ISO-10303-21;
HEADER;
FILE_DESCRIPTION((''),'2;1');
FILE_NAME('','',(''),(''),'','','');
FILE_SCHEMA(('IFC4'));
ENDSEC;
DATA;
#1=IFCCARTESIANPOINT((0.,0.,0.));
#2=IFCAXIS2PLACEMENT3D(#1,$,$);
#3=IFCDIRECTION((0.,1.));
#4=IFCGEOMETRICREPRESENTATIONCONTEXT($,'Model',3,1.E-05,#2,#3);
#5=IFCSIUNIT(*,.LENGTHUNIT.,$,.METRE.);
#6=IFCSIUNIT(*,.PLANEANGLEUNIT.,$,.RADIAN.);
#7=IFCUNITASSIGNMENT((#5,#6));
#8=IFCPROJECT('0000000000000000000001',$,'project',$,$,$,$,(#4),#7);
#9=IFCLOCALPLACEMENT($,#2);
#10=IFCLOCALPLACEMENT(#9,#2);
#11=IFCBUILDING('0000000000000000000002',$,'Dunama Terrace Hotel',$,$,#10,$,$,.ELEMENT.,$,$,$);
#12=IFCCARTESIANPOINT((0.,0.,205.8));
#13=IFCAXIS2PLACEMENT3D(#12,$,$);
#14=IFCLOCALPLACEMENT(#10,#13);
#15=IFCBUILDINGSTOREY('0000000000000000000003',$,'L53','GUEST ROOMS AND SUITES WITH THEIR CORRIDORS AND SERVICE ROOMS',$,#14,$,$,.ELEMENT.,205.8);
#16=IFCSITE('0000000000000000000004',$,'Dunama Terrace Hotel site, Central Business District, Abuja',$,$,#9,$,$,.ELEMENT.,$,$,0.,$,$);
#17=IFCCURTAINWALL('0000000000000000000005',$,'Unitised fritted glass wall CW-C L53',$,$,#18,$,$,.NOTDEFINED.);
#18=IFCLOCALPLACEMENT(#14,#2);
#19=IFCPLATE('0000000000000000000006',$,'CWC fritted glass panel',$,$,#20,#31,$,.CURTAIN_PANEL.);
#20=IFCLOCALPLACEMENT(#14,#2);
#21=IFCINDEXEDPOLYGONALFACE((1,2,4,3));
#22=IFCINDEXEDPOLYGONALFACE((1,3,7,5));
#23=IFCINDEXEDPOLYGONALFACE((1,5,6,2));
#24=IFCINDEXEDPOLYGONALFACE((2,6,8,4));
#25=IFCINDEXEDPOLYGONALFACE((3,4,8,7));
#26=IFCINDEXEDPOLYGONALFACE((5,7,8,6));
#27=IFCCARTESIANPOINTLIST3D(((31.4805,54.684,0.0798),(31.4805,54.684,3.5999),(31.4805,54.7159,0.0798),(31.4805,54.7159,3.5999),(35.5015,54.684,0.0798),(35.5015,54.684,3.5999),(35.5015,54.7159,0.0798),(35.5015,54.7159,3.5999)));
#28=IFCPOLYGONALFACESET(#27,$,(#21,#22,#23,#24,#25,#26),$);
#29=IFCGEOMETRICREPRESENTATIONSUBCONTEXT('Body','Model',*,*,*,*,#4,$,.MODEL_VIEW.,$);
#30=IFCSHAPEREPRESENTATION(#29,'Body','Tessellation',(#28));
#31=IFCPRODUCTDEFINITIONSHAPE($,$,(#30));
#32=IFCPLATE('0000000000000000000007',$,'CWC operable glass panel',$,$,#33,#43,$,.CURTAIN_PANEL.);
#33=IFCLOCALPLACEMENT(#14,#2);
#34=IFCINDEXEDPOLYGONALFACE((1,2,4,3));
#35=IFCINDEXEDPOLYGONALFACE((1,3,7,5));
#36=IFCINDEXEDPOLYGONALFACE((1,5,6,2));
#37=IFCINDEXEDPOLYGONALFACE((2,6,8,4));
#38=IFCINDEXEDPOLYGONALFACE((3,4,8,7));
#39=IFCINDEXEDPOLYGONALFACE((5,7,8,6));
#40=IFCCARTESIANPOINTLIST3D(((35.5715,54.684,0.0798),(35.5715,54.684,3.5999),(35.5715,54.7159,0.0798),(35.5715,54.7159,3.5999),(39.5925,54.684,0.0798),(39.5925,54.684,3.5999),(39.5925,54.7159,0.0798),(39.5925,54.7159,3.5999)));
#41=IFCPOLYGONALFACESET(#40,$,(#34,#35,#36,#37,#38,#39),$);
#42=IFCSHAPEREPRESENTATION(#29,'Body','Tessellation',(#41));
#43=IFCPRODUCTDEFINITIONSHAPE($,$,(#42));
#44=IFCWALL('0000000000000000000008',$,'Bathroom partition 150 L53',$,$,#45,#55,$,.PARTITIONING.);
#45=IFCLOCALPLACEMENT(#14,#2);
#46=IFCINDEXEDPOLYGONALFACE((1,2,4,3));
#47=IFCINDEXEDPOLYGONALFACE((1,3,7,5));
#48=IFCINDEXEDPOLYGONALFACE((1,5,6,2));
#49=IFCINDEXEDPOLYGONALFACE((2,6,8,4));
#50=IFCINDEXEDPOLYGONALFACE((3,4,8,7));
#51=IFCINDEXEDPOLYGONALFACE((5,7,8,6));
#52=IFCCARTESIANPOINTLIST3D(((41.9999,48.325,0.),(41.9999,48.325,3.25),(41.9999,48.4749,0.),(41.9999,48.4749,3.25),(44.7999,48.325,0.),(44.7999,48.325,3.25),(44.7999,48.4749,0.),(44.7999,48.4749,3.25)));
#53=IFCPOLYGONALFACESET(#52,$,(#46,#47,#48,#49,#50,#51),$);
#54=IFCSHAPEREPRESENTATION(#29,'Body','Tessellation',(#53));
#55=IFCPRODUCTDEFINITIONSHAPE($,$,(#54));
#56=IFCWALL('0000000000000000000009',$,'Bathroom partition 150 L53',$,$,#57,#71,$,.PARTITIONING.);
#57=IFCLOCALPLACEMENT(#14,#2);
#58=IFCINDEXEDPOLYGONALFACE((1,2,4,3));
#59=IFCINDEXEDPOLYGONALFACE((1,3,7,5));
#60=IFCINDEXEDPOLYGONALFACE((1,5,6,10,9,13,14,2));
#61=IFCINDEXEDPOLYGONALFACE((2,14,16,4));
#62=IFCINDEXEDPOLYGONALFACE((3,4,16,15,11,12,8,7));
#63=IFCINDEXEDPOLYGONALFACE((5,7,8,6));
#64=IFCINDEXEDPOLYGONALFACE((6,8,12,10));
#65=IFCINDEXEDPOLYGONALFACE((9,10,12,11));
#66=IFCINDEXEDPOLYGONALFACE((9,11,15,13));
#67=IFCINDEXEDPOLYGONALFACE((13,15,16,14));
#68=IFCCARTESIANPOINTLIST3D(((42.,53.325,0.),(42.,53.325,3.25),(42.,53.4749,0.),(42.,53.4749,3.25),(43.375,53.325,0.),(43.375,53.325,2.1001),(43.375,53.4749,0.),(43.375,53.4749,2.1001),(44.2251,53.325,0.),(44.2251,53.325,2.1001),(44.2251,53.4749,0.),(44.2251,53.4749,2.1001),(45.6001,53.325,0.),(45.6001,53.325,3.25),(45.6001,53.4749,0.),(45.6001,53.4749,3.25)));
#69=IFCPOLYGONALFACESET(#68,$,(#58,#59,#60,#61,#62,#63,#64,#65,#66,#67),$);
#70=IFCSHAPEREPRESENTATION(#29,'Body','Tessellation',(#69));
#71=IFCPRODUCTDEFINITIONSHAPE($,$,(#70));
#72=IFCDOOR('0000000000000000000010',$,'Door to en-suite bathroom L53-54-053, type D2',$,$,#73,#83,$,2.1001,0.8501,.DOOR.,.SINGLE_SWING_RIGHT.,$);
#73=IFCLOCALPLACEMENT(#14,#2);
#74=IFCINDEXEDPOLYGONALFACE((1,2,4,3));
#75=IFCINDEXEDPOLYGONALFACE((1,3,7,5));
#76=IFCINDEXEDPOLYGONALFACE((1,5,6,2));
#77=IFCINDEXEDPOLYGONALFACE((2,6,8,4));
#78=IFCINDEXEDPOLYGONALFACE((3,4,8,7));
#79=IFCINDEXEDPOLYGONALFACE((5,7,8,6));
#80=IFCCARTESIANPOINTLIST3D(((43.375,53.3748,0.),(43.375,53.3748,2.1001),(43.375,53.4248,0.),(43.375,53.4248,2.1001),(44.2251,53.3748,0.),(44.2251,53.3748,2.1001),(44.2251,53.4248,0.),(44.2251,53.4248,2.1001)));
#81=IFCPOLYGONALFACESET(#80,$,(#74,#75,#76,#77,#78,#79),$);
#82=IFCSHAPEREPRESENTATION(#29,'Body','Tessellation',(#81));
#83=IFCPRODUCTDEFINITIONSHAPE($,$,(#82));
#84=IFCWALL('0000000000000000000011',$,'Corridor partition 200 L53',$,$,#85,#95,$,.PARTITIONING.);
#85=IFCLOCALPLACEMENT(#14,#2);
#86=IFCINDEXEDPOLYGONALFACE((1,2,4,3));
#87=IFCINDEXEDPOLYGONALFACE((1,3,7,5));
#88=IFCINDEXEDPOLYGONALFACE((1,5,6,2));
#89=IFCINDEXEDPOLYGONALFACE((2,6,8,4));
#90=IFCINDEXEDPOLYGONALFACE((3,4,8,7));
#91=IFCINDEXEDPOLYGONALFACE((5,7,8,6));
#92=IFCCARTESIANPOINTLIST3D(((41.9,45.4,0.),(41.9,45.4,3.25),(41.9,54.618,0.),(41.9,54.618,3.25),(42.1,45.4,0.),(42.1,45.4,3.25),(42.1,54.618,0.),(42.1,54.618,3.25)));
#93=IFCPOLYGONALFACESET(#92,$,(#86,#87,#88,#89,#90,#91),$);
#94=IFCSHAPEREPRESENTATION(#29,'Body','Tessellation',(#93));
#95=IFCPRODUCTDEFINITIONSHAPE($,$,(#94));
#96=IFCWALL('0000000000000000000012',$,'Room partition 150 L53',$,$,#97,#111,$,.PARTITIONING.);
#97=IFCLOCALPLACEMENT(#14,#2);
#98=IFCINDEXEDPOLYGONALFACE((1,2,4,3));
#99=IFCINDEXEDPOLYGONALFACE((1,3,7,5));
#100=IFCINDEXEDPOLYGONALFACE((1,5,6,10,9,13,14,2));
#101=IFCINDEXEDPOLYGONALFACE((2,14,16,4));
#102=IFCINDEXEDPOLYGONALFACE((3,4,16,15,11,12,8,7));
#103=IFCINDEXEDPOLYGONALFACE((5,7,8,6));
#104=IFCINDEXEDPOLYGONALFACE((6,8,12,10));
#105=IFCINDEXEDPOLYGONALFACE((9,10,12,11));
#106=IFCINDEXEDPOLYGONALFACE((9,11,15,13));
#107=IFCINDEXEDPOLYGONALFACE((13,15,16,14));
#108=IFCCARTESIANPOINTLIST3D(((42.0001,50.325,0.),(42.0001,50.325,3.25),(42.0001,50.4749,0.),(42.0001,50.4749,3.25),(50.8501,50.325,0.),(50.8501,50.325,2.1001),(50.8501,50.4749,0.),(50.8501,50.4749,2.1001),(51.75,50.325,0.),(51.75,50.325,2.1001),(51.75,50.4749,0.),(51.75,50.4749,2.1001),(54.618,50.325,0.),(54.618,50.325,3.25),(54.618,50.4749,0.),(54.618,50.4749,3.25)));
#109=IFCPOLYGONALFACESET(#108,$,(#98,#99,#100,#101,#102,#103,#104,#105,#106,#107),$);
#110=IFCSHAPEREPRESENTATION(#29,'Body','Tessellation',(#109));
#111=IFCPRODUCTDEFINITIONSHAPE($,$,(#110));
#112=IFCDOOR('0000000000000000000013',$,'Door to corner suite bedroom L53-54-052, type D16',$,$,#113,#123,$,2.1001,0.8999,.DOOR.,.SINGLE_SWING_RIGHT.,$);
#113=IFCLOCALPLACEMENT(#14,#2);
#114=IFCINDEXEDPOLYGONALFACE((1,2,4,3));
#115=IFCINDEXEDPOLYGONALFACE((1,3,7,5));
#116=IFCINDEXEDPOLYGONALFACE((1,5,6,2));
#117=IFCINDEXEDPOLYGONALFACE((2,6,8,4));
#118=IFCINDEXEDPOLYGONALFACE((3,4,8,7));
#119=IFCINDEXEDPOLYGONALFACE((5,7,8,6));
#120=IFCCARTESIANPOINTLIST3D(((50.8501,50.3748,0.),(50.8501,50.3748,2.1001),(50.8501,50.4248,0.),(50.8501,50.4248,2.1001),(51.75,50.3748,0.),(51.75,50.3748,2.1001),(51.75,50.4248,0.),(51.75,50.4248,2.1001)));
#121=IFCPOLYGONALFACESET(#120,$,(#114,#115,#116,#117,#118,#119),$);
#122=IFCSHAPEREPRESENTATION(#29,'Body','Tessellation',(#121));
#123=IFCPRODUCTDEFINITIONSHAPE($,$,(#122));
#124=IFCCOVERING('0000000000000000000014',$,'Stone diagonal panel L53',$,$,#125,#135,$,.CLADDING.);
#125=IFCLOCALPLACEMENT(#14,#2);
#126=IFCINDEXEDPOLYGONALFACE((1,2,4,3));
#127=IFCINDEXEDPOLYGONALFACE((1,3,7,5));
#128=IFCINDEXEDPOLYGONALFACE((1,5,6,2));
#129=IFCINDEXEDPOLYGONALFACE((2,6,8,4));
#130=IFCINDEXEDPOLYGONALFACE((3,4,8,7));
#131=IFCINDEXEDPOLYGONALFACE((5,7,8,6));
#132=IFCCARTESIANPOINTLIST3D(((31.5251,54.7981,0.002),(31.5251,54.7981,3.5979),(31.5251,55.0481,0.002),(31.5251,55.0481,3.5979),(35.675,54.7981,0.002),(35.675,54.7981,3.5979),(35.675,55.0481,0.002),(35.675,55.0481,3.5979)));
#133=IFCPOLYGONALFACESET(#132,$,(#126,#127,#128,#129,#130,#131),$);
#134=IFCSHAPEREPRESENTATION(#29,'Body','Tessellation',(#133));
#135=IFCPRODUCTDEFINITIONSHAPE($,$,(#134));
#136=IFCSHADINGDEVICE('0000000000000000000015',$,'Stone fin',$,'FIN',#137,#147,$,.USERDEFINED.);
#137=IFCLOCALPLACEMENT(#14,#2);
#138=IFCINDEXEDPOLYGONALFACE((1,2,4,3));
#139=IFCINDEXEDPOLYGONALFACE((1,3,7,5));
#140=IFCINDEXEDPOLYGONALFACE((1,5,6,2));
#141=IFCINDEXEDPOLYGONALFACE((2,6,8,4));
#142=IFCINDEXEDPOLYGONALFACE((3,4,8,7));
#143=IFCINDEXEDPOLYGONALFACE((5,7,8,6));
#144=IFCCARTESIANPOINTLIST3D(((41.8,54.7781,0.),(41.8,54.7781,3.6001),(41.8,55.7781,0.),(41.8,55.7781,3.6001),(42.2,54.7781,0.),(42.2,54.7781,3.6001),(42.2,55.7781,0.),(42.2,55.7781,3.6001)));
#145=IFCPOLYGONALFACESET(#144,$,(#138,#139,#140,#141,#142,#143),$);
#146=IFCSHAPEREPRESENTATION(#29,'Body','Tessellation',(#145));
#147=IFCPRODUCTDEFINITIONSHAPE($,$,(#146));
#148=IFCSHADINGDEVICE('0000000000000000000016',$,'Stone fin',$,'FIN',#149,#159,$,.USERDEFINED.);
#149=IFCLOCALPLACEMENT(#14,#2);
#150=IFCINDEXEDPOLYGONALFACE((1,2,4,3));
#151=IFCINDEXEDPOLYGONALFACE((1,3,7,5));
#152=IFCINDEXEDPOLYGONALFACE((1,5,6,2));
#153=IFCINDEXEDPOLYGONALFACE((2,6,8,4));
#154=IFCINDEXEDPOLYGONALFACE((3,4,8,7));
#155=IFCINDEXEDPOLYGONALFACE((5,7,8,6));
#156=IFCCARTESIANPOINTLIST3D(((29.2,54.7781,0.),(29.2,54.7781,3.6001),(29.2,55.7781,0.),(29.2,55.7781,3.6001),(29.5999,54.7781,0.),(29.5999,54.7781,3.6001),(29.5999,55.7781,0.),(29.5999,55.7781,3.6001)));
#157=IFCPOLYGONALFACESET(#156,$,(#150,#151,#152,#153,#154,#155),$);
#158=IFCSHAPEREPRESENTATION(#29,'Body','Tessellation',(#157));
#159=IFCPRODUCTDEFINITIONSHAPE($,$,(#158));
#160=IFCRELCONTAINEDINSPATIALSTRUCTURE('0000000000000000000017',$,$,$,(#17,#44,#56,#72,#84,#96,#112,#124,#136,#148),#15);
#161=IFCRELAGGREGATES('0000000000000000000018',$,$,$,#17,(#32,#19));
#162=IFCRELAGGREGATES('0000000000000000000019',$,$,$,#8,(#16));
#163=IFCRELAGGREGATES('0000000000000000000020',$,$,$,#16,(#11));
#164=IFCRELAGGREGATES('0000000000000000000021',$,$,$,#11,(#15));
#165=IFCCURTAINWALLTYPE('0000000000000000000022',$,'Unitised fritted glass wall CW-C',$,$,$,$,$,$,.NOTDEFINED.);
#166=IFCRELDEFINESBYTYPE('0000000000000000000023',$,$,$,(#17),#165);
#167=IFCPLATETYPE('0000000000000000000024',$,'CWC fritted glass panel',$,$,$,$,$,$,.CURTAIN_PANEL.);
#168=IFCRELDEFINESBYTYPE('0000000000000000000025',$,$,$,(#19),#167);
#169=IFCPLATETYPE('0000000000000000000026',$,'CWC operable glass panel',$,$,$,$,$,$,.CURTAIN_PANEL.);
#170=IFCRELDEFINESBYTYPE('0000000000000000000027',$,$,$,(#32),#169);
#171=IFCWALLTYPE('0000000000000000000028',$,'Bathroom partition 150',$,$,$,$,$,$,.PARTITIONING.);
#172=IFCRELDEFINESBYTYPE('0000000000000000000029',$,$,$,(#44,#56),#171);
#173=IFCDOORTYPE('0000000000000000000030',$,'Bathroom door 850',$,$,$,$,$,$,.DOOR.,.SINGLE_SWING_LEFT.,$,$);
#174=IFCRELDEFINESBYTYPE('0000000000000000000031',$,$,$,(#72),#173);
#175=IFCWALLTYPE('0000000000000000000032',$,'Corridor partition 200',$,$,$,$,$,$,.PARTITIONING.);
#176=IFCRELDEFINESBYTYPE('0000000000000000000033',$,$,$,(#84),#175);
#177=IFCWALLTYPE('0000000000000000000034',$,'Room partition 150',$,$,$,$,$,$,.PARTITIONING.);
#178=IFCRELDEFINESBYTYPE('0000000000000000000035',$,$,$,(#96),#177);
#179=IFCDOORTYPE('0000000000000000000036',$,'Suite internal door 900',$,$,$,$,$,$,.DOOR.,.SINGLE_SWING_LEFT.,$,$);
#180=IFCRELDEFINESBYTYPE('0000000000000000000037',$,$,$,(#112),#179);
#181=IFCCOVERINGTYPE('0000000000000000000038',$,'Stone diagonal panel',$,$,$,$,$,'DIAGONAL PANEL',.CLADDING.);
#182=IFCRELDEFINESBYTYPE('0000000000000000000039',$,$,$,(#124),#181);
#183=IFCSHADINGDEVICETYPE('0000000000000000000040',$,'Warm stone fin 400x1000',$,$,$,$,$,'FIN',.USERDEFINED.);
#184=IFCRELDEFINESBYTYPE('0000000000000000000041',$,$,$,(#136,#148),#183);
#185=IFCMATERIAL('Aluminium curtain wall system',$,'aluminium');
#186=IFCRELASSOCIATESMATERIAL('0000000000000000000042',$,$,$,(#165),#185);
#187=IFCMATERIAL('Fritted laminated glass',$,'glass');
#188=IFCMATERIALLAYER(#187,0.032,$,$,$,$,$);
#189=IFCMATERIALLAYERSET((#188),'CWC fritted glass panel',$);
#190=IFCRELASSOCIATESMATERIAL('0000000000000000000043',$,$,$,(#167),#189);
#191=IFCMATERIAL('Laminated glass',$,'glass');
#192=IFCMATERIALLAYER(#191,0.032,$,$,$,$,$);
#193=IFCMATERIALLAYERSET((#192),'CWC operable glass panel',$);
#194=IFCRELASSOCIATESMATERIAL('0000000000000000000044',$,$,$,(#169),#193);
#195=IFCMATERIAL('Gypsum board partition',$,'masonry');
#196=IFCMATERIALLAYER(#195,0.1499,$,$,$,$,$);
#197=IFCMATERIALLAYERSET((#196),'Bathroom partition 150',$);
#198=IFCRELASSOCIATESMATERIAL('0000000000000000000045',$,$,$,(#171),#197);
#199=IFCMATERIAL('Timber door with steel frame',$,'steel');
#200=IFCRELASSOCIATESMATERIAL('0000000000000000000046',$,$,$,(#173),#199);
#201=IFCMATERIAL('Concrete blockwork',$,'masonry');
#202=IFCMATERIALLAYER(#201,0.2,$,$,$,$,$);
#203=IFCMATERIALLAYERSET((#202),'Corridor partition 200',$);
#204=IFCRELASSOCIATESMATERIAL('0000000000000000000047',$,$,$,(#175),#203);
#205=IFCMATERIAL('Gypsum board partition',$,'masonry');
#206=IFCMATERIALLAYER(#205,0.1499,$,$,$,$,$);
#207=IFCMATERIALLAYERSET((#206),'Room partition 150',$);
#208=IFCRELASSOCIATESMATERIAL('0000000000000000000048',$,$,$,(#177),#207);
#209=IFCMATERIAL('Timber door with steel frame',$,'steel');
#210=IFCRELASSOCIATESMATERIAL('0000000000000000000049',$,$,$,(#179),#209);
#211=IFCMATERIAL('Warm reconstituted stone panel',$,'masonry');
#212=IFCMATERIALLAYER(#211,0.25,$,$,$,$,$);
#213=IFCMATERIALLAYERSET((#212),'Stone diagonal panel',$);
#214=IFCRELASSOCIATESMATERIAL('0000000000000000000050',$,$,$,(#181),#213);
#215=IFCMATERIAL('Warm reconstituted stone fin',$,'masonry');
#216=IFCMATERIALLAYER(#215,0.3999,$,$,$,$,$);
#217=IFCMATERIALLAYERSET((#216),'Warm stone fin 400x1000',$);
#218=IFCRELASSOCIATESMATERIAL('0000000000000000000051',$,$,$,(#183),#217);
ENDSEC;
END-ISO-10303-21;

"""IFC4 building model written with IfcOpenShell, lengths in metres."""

from ifc_helpers import new_model, si_unit, direction, frame, frame_2d, origin, origin_2d, place, context, subcontext, project, spatial, rectangle, extrude, material, layer, layer_set, type_object, element, fill, aggregate, save


model = new_model("IFC4")

# Units and contexts
model_context = context("Model", 3, precision=1e-05, world=origin(), true_north=direction((0.0, 1.0)))
body_context = subcontext(model_context, "Body", "Model", "MODEL_VIEW")
ifc_project = project(units=[si_unit("LENGTHUNIT", "METRE"), si_unit("PLANEANGLEUNIT", "RADIAN")], contexts=[model_context])

# Site, building, storey
site_placement = place(None, origin())
site = spatial("IfcSite", under=ifc_project, at=site_placement, Name="Dunama Terrace Hotel site, Central Business District, Abuja", CompositionType="ELEMENT", RefElevation=0.0)
building_placement = place(site_placement, origin())
building = spatial("IfcBuilding", under=site, at=building_placement, Name="Dunama Terrace Hotel", CompositionType="ELEMENT")
storey_placement = place(building_placement, frame((0.0, 0.0, 205.8)))
storey = spatial("IfcBuildingStorey", under=building, at=storey_placement, Name="L53", Description="GUEST ROOMS AND SUITES WITH THEIR CORRIDORS AND SERVICE ROOMS", CompositionType="ELEMENT", Elevation=205.8)

# Curtain wall
ifc_material_1 = material(Name="Aluminium curtain wall system", Category="aluminium")
curtain_wall_type = type_object("IfcCurtainWallType", Name="Unitised fritted glass wall CW-C", PredefinedType="NOTDEFINED", material=ifc_material_1)
curtain_wall_placement = place(storey_placement, origin())
curtain_wall = element("IfcCurtainWall", 1, at=curtain_wall_placement, inside=storey, type_object=curtain_wall_type, Name="Unitised fritted glass wall CW-C L53", PredefinedType="NOTDEFINED")

# Plates
ifc_material_2 = material(Name="Fritted laminated glass", Category="glass")
ifc_layer_1 = layer(ifc_material_2, 0.032)
ifc_layer_set_1 = layer_set([ifc_layer_1], Name="CWC fritted glass panel")
plate_type_1 = type_object("IfcPlateType", Name="CWC fritted glass panel", PredefinedType="CURTAIN_PANEL", material=ifc_layer_set_1)
plate_1_placement = place(storey_placement, frame((33.491, 54.7, 0.0798), z_axis=(0.0, 0.0, 1.0), x_axis=(-1.0, 0.0, 0.0)))
plate_1 = element("IfcPlate", 2, at=plate_1_placement, type_object=plate_type_1, Name="CWC fritted glass panel", PredefinedType="CURTAIN_PANEL", context=body_context, shape_type="SweptSolid", body=[
    extrude(rectangle(XDim=4.021, YDim=0.032, at=origin_2d()), origin(), (0.0, 0.0, 1.0), 3.52),
])
ifc_material_3 = material(Name="Laminated glass", Category="glass")
ifc_layer_2 = layer(ifc_material_3, 0.032)
ifc_layer_set_2 = layer_set([ifc_layer_2], Name="CWC operable glass panel")
plate_type_2 = type_object("IfcPlateType", Name="CWC operable glass panel", PredefinedType="CURTAIN_PANEL", material=ifc_layer_set_2)
plate_2_placement = place(storey_placement, frame((37.582, 54.7, 0.0798), z_axis=(0.0, 0.0, 1.0), x_axis=(-1.0, 0.0, 0.0)))
plate_2 = element("IfcPlate", 3, at=plate_2_placement, type_object=plate_type_2, Name="CWC operable glass panel", PredefinedType="CURTAIN_PANEL", context=body_context, shape_type="SweptSolid", body=[
    extrude(rectangle(XDim=4.021, YDim=0.032, at=origin_2d()), origin(), (0.0, 0.0, 1.0), 3.52),
])
aggregate(curtain_wall, [plate_2, plate_1])

# Wall
ifc_material_4 = material(Name="Gypsum board partition", Category="masonry")
ifc_layer_3 = layer(ifc_material_4, 0.1499)
ifc_layer_set_3 = layer_set([ifc_layer_3], Name="Bathroom partition 150")
wall_type_1 = type_object("IfcWallType", Name="Bathroom partition 150", PredefinedType="PARTITIONING", material=ifc_layer_set_3)
wall_1_placement = place(storey_placement, frame((42.0, 48.3999, 0.0), z_axis=(0.0, 0.0, 1.0), x_axis=(1.0, 0.0, 0.0)))
element("IfcWall", 4, at=wall_1_placement, inside=storey, type_object=wall_type_1, Name="Bathroom partition 150 L53", PredefinedType="PARTITIONING", context=body_context, shape_type="SweptSolid", body=[
    extrude(rectangle(XDim=2.8, YDim=0.1499, at=frame_2d((1.3999, 0.0))), origin(), (0.0, 0.0, 1.0), 3.25),
])

# Wall, opening, door
wall_2_placement = place(storey_placement, frame((42.0, 53.3999, 0.0), z_axis=(0.0, 0.0, 1.0), x_axis=(1.0, 0.0, 0.0)))
wall_2 = element("IfcWall", 5, at=wall_2_placement, inside=storey, type_object=wall_type_1, Name="Bathroom partition 150 L53", PredefinedType="PARTITIONING", context=body_context, shape_type="SweptSolid", body=[
    extrude(rectangle(XDim=3.6001, YDim=0.1499, at=frame_2d((1.8, 0.0))), origin(), (0.0, 0.0, 1.0), 3.25),
])
opening_1_placement = place(wall_2_placement, frame((1.375, 0.0, 0.0)))
opening_1 = element("IfcOpeningElement", 6, at=opening_1_placement, cuts=wall_2, PredefinedType="OPENING", context=body_context, shape_type="SweptSolid", body=[
    extrude(rectangle(XDim=0.8501, YDim=2.1001, at=frame_2d((0.425, 1.05))), frame((0.0, 0.085, 0.0), z_axis=(0.0, -1.0, 0.0), x_axis=(1.0, 0.0, 0.0)), (0.0, 0.0, 1.0), 0.1699),
])
ifc_material_5 = material(Name="Timber door with steel frame", Category="steel")
door_type_1 = type_object("IfcDoorType", Name="Bathroom door 850", OperationType="SINGLE_SWING_LEFT", PredefinedType="DOOR", material=ifc_material_5)
door_1_placement = place(opening_1_placement, frame((0.8501, 0.0, 0.0), z_axis=(0.0, 0.0, 1.0), x_axis=(-1.0, 0.0, 0.0)))
door_1 = element("IfcDoor", 7, at=door_1_placement, inside=storey, type_object=door_type_1, Name="Door to en-suite bathroom L53-54-053, type D2", OperationType="SINGLE_SWING_RIGHT", OverallHeight=2.1001, OverallWidth=0.8501, PredefinedType="DOOR", context=body_context, shape_type="SweptSolid", body=[
    extrude(rectangle(XDim=0.8501, YDim=2.1001, at=frame_2d((0.425, 1.05))), frame((0.0, 0.0251, 0.0), z_axis=(0.0, -1.0, 0.0), x_axis=(1.0, 0.0, 0.0)), (0.0, 0.0, 1.0), 0.05),
])
fill(opening_1, door_1)

# Wall
ifc_material_6 = material(Name="Concrete blockwork", Category="masonry")
ifc_layer_4 = layer(ifc_material_6, 0.2)
ifc_layer_set_4 = layer_set([ifc_layer_4], Name="Corridor partition 200")
wall_type_2 = type_object("IfcWallType", Name="Corridor partition 200", PredefinedType="PARTITIONING", material=ifc_layer_set_4)
wall_3_placement = place(storey_placement, frame((42.0, 54.6179, 0.0), z_axis=(0.0, 0.0, 1.0), x_axis=(0.0, -1.0, 0.0)))
element("IfcWall", 8, at=wall_3_placement, inside=storey, type_object=wall_type_2, Name="Corridor partition 200 L53", PredefinedType="PARTITIONING", context=body_context, shape_type="SweptSolid", body=[
    extrude(rectangle(XDim=9.218, YDim=0.2, at=frame_2d((4.6089, 0.0))), origin(), (0.0, 0.0, 1.0), 3.25),
])

# Wall, opening, door
ifc_material_7 = material(Name="Gypsum board partition", Category="masonry")
ifc_layer_5 = layer(ifc_material_7, 0.1499)
ifc_layer_set_5 = layer_set([ifc_layer_5], Name="Room partition 150")
wall_type_3 = type_object("IfcWallType", Name="Room partition 150", PredefinedType="PARTITIONING", material=ifc_layer_set_5)
wall_4_placement = place(storey_placement, frame((42.0, 50.3999, 0.0), z_axis=(0.0, 0.0, 1.0), x_axis=(1.0, 0.0, 0.0)))
wall_4 = element("IfcWall", 9, at=wall_4_placement, inside=storey, type_object=wall_type_3, Name="Room partition 150 L53", PredefinedType="PARTITIONING", context=body_context, shape_type="SweptSolid", body=[
    extrude(rectangle(XDim=12.6179, YDim=0.1499, at=frame_2d((6.3091, 0.0))), origin(), (0.0, 0.0, 1.0), 3.25),
])
opening_2_placement = place(wall_4_placement, frame((8.8501, 0.0, 0.0)))
opening_2 = element("IfcOpeningElement", 10, at=opening_2_placement, cuts=wall_4, PredefinedType="OPENING", context=body_context, shape_type="SweptSolid", body=[
    extrude(rectangle(XDim=0.8999, YDim=2.1001, at=frame_2d((0.45, 1.05))), frame((0.0, 0.085, 0.0), z_axis=(0.0, -1.0, 0.0), x_axis=(1.0, 0.0, 0.0)), (0.0, 0.0, 1.0), 0.1699),
])
ifc_material_8 = material(Name="Timber door with steel frame", Category="steel")
door_type_2 = type_object("IfcDoorType", Name="Suite internal door 900", OperationType="SINGLE_SWING_LEFT", PredefinedType="DOOR", material=ifc_material_8)
door_2_placement = place(opening_2_placement, origin())
door_2 = element("IfcDoor", 11, at=door_2_placement, inside=storey, type_object=door_type_2, Name="Door to corner suite bedroom L53-54-052, type D16", OperationType="SINGLE_SWING_RIGHT", OverallHeight=2.1001, OverallWidth=0.8999, PredefinedType="DOOR", context=body_context, shape_type="SweptSolid", body=[
    extrude(rectangle(XDim=0.8999, YDim=2.1001, at=frame_2d((0.45, 1.05))), frame((0.0, 0.0249, 0.0), z_axis=(0.0, -1.0, 0.0), x_axis=(1.0, 0.0, 0.0)), (0.0, 0.0, 1.0), 0.05),
])
fill(opening_2, door_2)

# Covering
ifc_material_9 = material(Name="Warm reconstituted stone panel", Category="masonry")
ifc_layer_6 = layer(ifc_material_9, 0.25)
ifc_layer_set_6 = layer_set([ifc_layer_6], Name="Stone diagonal panel")
covering_type = type_object("IfcCoveringType", Name="Stone diagonal panel", ElementType="DIAGONAL PANEL", PredefinedType="CLADDING", material=ifc_layer_set_6)
covering_placement = place(storey_placement, frame((33.6001, 54.9231, 0.002), z_axis=(0.0, 0.0, 1.0), x_axis=(-1.0, 0.0, 0.0)))
element("IfcCovering", 12, at=covering_placement, inside=storey, type_object=covering_type, Name="Stone diagonal panel L53", PredefinedType="CLADDING", context=body_context, shape_type="SweptSolid", body=[
    extrude(rectangle(XDim=4.1499, YDim=0.25, at=origin_2d()), origin(), (0.0, 0.0, 1.0), 3.5959),
])

# Shading devices
ifc_material_10 = material(Name="Warm reconstituted stone fin", Category="masonry")
ifc_layer_7 = layer(ifc_material_10, 0.3999)
ifc_layer_set_7 = layer_set([ifc_layer_7], Name="Warm stone fin 400x1000")
shading_device_type = type_object("IfcShadingDeviceType", Name="Warm stone fin 400x1000", ElementType="FIN", PredefinedType="USERDEFINED", material=ifc_layer_set_7)
for number, where, z_axis, x_axis, name in (
    (13, (42.0, 55.2781, 0.0), (0.0, 0.0, 1.0), (-1.0, 0.0, 0.0), "Stone fin"),
    (14, (29.3999, 55.2781, 0.0), (0.0, 0.0, 1.0), (-1.0, 0.0, 0.0), "Stone fin"),
):
    element("IfcShadingDevice", number, at=place(storey_placement, frame(where, z_axis=z_axis, x_axis=x_axis)), inside=storey, type_object=shading_device_type, Name=name, ObjectType="FIN", PredefinedType="USERDEFINED", context=body_context, shape_type="SweptSolid", body=[
        extrude(rectangle(XDim=0.3999, YDim=1.0, at=origin_2d()), origin(), (0.0, 0.0, 1.0), 3.6001),
    ])

save(model, "model.ifc")
